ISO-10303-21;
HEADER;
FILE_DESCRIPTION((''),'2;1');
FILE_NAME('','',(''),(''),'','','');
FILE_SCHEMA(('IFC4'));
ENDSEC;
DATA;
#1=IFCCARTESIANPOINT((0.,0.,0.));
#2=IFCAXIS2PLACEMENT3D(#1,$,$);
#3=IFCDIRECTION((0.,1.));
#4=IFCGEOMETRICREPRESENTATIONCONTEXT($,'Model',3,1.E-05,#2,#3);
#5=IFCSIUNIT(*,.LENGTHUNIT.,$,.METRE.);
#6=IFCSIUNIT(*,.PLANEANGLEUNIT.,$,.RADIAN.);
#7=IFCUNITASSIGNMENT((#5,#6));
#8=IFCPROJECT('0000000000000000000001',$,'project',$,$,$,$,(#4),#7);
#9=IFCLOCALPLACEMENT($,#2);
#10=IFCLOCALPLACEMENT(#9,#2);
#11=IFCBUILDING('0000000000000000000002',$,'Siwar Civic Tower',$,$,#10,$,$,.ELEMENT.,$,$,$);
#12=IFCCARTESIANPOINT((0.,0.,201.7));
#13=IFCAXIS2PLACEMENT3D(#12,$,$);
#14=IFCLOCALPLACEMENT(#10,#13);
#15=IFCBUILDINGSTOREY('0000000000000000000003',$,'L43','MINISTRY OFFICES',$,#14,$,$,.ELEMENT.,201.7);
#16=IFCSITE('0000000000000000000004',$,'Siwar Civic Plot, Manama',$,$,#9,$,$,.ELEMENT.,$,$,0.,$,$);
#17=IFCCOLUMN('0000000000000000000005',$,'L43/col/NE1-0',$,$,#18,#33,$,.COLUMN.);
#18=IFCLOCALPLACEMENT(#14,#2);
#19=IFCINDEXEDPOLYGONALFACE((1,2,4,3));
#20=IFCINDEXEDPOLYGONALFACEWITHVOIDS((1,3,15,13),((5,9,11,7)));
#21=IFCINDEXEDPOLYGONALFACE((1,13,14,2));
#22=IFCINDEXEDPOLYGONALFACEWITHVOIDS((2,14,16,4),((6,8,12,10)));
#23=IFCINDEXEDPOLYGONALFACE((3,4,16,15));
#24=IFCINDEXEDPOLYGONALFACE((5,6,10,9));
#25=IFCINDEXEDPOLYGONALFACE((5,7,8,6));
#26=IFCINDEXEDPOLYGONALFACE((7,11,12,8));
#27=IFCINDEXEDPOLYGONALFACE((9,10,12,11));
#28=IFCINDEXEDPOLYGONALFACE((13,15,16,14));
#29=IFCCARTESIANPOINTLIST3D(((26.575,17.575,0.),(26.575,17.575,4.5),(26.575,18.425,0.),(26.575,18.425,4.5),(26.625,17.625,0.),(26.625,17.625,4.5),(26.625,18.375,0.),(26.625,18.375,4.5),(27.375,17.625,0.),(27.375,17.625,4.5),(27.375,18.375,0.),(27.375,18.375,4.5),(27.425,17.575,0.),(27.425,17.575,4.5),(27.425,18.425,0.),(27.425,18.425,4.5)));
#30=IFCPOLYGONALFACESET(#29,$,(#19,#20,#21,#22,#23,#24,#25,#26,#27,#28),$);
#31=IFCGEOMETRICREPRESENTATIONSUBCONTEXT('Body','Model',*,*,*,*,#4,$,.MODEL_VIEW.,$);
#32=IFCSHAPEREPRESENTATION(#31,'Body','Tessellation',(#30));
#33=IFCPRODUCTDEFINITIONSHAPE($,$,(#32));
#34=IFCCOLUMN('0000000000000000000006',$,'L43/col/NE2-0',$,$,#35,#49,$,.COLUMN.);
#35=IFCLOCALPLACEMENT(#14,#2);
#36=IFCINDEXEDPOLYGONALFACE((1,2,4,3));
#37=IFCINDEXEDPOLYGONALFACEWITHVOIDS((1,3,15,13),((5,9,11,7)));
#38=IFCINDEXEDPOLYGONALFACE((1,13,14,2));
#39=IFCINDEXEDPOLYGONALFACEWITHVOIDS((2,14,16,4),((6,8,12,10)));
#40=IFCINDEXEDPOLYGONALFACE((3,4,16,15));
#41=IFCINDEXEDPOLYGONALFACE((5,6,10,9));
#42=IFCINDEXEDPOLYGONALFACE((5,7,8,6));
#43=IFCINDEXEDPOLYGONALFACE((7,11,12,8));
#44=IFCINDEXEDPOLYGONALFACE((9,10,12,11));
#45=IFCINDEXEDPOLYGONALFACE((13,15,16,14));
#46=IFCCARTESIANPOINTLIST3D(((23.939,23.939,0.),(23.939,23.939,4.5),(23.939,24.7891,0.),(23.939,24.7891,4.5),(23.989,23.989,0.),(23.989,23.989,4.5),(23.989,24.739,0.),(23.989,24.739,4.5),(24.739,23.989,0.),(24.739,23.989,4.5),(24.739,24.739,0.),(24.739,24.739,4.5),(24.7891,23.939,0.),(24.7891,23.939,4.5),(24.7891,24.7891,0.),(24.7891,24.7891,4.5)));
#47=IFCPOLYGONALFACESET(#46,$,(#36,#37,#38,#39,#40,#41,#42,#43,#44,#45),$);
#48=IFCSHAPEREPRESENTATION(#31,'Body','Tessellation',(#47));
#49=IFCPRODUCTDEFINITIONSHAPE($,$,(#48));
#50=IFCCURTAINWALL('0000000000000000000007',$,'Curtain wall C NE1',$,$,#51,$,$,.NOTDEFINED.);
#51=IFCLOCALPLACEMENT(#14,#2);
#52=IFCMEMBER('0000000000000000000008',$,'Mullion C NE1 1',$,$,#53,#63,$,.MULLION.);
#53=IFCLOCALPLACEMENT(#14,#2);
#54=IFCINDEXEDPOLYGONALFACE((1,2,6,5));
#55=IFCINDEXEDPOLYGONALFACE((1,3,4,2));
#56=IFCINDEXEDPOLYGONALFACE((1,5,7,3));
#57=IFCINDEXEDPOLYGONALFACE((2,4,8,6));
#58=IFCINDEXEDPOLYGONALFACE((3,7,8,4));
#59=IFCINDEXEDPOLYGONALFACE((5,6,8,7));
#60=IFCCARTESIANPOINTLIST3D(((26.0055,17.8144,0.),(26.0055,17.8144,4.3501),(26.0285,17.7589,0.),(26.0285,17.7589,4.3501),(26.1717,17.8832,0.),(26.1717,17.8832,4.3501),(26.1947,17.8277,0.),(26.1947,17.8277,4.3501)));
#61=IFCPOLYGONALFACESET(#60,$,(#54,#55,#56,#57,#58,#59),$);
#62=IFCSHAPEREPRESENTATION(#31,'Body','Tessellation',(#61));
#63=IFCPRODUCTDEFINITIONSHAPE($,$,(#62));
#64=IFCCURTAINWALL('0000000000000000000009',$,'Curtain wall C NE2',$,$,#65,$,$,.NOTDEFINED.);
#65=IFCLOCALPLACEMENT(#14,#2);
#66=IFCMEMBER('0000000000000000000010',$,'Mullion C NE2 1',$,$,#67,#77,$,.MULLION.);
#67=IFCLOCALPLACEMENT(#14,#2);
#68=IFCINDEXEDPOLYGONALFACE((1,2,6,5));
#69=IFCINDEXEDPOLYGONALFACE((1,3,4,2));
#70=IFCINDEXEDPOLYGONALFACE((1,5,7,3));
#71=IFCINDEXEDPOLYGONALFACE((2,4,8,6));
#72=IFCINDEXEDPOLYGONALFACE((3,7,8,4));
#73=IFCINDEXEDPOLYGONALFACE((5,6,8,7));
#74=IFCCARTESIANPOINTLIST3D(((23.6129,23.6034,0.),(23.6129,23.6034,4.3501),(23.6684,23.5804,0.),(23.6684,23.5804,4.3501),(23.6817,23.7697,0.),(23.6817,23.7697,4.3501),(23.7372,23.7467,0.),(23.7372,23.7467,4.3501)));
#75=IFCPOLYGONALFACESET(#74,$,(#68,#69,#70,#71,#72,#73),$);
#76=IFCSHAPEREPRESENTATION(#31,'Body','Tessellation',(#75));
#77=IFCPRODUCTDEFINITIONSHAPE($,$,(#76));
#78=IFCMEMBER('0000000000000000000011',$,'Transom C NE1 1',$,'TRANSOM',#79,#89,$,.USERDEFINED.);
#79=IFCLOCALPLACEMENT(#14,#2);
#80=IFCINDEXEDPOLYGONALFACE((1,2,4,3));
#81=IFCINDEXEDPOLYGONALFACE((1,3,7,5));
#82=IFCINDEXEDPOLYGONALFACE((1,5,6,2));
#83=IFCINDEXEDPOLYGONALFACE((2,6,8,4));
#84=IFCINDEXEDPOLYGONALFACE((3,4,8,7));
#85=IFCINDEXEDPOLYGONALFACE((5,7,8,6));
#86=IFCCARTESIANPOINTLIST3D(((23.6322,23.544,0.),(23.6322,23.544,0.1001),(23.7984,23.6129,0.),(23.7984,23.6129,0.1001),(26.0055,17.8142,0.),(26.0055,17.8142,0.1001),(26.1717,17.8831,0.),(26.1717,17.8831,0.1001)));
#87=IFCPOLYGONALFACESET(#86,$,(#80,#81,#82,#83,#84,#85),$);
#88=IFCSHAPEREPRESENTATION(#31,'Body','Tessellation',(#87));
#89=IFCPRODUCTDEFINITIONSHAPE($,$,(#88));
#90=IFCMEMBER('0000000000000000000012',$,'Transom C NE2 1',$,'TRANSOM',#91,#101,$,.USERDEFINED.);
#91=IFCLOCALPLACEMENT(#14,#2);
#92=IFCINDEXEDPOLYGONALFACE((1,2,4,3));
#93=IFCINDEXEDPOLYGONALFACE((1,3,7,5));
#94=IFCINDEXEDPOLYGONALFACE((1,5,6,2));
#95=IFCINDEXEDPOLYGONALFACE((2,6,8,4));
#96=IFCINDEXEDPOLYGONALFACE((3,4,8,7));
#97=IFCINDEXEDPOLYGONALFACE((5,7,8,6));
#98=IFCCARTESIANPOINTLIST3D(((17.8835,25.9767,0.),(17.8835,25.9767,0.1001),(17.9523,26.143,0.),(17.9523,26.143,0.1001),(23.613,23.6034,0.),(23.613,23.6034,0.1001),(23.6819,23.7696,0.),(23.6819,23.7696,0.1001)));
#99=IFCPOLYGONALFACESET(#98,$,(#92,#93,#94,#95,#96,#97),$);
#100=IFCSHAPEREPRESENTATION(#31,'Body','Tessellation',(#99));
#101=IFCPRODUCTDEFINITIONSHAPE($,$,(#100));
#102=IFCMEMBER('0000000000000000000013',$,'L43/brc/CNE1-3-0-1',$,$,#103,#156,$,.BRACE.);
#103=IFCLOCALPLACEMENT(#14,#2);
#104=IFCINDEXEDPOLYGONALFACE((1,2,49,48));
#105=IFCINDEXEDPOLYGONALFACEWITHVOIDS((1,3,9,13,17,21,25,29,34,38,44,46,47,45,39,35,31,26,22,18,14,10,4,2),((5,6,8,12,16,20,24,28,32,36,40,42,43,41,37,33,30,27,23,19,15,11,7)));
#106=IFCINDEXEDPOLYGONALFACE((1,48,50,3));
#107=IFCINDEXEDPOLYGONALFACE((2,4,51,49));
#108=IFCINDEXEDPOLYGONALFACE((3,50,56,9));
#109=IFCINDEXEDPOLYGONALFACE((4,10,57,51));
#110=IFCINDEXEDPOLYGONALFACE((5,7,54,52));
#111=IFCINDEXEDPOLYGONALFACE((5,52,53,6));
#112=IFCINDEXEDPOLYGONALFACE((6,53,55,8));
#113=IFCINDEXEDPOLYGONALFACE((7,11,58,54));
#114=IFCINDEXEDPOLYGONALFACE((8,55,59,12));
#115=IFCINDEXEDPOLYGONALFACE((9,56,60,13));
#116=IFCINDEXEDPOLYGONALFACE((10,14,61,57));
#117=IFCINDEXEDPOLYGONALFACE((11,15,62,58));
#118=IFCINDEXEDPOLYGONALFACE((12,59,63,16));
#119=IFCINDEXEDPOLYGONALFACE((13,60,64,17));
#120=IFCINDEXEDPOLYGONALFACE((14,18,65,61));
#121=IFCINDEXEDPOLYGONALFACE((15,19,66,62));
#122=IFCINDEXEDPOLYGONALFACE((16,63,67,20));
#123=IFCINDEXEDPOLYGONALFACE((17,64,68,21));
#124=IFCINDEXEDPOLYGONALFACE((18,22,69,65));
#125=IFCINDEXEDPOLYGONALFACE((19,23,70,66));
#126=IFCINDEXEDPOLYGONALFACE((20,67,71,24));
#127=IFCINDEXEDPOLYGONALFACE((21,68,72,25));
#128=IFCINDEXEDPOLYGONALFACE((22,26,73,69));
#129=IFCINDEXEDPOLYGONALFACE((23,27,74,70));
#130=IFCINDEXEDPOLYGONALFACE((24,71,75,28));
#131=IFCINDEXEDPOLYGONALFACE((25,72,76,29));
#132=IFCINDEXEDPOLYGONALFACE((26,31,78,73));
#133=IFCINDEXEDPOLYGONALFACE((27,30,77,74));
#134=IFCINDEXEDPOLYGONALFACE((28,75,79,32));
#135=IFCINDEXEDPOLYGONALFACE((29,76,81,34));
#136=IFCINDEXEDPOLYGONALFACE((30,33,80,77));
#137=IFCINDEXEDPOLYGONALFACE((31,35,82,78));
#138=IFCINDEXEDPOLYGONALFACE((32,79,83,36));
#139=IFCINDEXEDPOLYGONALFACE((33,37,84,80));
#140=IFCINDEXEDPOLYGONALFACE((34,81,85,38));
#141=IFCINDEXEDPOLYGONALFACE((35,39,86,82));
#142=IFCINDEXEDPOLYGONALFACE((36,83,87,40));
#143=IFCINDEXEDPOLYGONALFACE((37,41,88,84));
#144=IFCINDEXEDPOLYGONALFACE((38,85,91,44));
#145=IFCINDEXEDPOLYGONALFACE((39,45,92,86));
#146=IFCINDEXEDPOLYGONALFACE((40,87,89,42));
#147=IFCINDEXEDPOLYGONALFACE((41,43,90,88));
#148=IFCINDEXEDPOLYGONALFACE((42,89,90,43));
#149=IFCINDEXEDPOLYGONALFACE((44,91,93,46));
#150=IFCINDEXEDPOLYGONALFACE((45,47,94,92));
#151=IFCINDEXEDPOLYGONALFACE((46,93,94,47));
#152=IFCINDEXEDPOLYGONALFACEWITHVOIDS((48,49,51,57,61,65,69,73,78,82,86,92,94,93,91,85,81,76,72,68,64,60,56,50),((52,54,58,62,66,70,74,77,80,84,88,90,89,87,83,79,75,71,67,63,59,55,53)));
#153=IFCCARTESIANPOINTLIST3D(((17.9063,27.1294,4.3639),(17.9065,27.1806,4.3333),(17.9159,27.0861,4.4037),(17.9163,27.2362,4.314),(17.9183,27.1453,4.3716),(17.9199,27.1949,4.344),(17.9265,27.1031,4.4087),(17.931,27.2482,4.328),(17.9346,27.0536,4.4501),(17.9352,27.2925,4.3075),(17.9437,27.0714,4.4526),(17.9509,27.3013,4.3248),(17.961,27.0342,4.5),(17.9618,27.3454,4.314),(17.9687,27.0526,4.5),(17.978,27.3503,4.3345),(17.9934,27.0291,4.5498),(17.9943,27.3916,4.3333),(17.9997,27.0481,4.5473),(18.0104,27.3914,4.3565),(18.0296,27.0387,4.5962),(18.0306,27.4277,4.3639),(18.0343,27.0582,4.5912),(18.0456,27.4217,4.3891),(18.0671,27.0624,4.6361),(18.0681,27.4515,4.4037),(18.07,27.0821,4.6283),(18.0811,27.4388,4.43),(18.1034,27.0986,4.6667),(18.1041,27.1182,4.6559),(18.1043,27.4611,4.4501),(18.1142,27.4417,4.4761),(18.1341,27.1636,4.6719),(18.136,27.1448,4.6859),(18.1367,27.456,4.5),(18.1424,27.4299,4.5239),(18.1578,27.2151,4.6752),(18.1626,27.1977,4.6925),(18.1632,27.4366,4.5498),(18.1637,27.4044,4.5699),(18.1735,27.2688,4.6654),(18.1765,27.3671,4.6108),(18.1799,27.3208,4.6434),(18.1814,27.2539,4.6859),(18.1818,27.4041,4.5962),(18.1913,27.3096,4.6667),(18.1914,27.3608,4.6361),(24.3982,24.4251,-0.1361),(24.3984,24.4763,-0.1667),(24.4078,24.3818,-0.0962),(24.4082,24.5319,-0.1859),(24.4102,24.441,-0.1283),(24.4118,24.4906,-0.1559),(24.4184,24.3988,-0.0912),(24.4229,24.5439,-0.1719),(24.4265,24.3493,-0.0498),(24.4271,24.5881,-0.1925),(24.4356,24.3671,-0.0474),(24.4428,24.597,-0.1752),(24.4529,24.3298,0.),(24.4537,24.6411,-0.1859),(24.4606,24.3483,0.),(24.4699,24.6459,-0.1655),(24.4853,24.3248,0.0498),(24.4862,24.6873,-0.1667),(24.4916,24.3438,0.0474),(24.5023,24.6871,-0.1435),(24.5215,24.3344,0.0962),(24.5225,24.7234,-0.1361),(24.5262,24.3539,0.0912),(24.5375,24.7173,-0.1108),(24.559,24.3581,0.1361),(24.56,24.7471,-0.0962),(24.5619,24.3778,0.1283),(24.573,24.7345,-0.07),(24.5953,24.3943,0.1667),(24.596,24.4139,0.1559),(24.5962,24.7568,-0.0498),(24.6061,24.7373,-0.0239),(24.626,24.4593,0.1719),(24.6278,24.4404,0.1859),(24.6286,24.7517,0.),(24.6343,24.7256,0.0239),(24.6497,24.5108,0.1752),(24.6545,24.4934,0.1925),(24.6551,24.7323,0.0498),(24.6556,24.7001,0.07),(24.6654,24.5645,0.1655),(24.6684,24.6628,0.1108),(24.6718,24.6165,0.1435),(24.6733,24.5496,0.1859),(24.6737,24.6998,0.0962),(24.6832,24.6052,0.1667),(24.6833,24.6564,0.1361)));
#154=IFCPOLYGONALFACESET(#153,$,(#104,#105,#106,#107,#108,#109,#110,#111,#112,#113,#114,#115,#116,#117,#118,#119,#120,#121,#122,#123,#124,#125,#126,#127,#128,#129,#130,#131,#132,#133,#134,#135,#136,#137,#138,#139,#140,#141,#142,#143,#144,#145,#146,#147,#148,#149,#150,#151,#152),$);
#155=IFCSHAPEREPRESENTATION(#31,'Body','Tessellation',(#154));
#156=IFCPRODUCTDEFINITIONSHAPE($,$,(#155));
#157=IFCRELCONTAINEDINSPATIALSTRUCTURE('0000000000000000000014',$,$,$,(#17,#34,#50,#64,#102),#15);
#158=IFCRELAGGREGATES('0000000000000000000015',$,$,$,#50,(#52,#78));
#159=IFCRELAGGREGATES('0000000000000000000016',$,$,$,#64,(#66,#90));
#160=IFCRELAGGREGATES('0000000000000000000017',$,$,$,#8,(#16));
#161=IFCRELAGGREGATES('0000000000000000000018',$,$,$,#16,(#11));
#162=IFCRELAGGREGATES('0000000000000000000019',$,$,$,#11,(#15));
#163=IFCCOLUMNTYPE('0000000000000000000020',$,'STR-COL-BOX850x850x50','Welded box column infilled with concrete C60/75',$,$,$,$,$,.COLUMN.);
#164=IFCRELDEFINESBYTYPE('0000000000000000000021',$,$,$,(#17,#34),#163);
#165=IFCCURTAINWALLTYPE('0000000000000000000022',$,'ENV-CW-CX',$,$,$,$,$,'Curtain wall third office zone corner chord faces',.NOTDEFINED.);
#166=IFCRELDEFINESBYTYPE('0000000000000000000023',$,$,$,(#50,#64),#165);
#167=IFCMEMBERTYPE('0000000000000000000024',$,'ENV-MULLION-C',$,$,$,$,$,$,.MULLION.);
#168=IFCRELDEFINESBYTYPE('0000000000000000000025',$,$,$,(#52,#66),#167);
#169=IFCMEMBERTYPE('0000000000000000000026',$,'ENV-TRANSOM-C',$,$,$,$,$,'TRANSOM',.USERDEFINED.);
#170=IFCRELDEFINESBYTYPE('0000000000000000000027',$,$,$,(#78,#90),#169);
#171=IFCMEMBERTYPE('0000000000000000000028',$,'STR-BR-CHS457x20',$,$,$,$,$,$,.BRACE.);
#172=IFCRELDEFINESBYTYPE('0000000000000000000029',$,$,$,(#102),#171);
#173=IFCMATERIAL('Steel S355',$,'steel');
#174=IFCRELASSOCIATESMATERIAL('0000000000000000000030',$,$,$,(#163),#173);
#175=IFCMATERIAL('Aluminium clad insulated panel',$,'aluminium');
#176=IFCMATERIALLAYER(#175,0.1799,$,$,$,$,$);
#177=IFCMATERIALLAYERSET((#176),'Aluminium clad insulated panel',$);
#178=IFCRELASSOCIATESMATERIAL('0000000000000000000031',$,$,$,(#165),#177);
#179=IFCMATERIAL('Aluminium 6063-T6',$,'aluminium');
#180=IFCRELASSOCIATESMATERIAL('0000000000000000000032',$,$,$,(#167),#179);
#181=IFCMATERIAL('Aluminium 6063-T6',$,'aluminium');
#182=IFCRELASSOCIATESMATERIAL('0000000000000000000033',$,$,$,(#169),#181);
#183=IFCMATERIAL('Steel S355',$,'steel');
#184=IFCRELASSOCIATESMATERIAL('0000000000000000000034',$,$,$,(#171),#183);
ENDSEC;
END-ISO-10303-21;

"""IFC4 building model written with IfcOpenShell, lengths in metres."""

from ifc_helpers import new_model, si_unit, direction, frame, origin, origin_2d, place, context, subcontext, project, spatial, rectangle, hollow_rectangle, hollow_circle, extrude, material, layer, layer_set, material_profile, profile_set, type_object, element, aggregate, save


model = new_model("IFC4")

# Units and contexts
model_context = context("Model", 3, precision=1e-05, world=origin(), true_north=direction((0.0, 1.0)))
body_context = subcontext(model_context, "Body", "Model", "MODEL_VIEW")
ifc_project = project(units=[si_unit("LENGTHUNIT", "METRE"), si_unit("PLANEANGLEUNIT", "RADIAN")], contexts=[model_context])

# Site, building, storey
site_placement = place(None, origin())
site = spatial("IfcSite", under=ifc_project, at=site_placement, Name="Siwar Civic Plot, Manama", CompositionType="ELEMENT", RefElevation=0.0)
building_placement = place(site_placement, origin())
building = spatial("IfcBuilding", under=site, at=building_placement, Name="Siwar Civic Tower", CompositionType="ELEMENT")
storey_placement = place(building_placement, frame((0.0, 0.0, 201.7)))
storey = spatial("IfcBuildingStorey", under=building, at=storey_placement, Name="L43", Description="MINISTRY OFFICES", CompositionType="ELEMENT", Elevation=201.7)

# Columns
ifc_material_1 = material(Name="Steel S355", Category="steel")
ifc_material_profile_1 = material_profile(ifc_material_1, hollow_rectangle(XDim=0.8501, YDim=0.8501, WallThickness=0.05, at=origin_2d()), Name="BOX850x850x50")
ifc_profile_set_1 = profile_set([ifc_material_profile_1], Name="Steel S355")
column_type = type_object("IfcColumnType", Name="STR-COL-BOX850x850x50", Description="Welded box column infilled with concrete C60/75", PredefinedType="COLUMN", material=ifc_profile_set_1)
for number, where, z_axis, x_axis, name in (
    (1, (27.0, 18.0, 0.0), (0.0, 0.0, 1.0), (1.0, 0.0, 0.0), "L43/col/NE1-0"),
    (2, (24.364, 24.364, 0.0), (0.0, 0.0, 1.0), (1.0, 0.0, 0.0), "L43/col/NE2-0"),
):
    element("IfcColumn", number, at=place(storey_placement, frame(where, z_axis=z_axis, x_axis=x_axis)), inside=storey, type_object=column_type, Name=name, PredefinedType="COLUMN", context=body_context, shape_type="SweptSolid", body=[
        extrude(hollow_rectangle(XDim=0.8501, YDim=0.8501, WallThickness=0.05, at=origin_2d()), origin(), (0.0, 0.0, 1.0), 4.5),
    ])

# Curtain walls, members
ifc_material_2 = material(Name="Aluminium clad insulated panel", Category="aluminium")
ifc_layer_1 = layer(ifc_material_2, 0.1799)
ifc_layer_set_1 = layer_set([ifc_layer_1], Name="Aluminium clad insulated panel")
curtain_wall_type = type_object("IfcCurtainWallType", Name="ENV-CW-CX", ElementType="Curtain wall third office zone corner chord faces", PredefinedType="NOTDEFINED", material=ifc_layer_set_1)
curtain_wall_1_placement = place(storey_placement, origin())
curtain_wall_1 = element("IfcCurtainWall", 3, at=curtain_wall_1_placement, inside=storey, type_object=curtain_wall_type, Name="Curtain wall C NE1", PredefinedType="NOTDEFINED")
ifc_material_3 = material(Name="Aluminium 6063-T6", Category="aluminium")
ifc_material_profile_2 = material_profile(ifc_material_3, rectangle(XDim=0.1799, YDim=0.0601, at=origin_2d()), Name="AL 180x60")
ifc_profile_set_2 = profile_set([ifc_material_profile_2], Name="Aluminium 6063-T6")
member_type_1 = type_object("IfcMemberType", Name="ENV-MULLION-C", PredefinedType="MULLION", material=ifc_profile_set_2)
member_1_placement = place(storey_placement, frame((26.1001, 17.821, 0.0), z_axis=(0.0, 0.0, 1.0), x_axis=(-0.92388, -0.382683, 0.0)))
member_1 = element("IfcMember", 4, at=member_1_placement, type_object=member_type_1, Name="Mullion C NE1 1", PredefinedType="MULLION", context=body_context, shape_type="SweptSolid", body=[
    extrude(rectangle(XDim=0.1799, YDim=0.0601, at=origin_2d()), origin(), (0.0, 0.0, 1.0), 4.3501),
])
curtain_wall_2_placement = place(storey_placement, origin())
curtain_wall_2 = element("IfcCurtainWall", 5, at=curtain_wall_2_placement, inside=storey, type_object=curtain_wall_type, Name="Curtain wall C NE2", PredefinedType="NOTDEFINED")
member_2_placement = place(storey_placement, frame((23.675, 23.675, 0.0), z_axis=(0.0, 0.0, 1.0), x_axis=(-0.382683, -0.92388, 0.0)))
member_2 = element("IfcMember", 6, at=member_2_placement, type_object=member_type_1, Name="Mullion C NE2 1", PredefinedType="MULLION", context=body_context, shape_type="SweptSolid", body=[
    extrude(rectangle(XDim=0.1799, YDim=0.0601, at=origin_2d()), origin(), (0.0, 0.0, 1.0), 4.3501),
])

# Members
ifc_material_4 = material(Name="Aluminium 6063-T6", Category="aluminium")
ifc_material_profile_3 = material_profile(ifc_material_4, rectangle(XDim=0.1799, YDim=0.1001, at=origin_2d()), Name="AL 180x100")
ifc_profile_set_3 = profile_set([ifc_material_profile_3], Name="Aluminium 6063-T6")
member_type_2 = type_object("IfcMemberType", Name="ENV-TRANSOM-C", ElementType="TRANSOM", PredefinedType="USERDEFINED", material=ifc_profile_set_3)
member_3_placement = place(storey_placement, frame((26.0886, 17.8486, 0.05), z_axis=(-0.382677, 0.923882, 0.0), x_axis=(-0.923882, -0.382677, 0.0)))
member_3 = element("IfcMember", 7, at=member_3_placement, type_object=member_type_2, Name="Transom C NE1 1", ObjectType="TRANSOM", PredefinedType="USERDEFINED", context=body_context, shape_type="SweptSolid", body=[
    extrude(rectangle(XDim=0.1799, YDim=0.1001, at=origin_2d()), origin(), (0.0, 0.0, 1.0), 6.2019),
])
member_4_placement = place(storey_placement, frame((23.6475, 23.6865, 0.05), z_axis=(-0.923876, 0.382691, 0.0), x_axis=(-0.382691, -0.923876, 0.0)))
member_4 = element("IfcMember", 8, at=member_4_placement, type_object=member_type_2, Name="Transom C NE2 1", ObjectType="TRANSOM", PredefinedType="USERDEFINED", context=body_context, shape_type="SweptSolid", body=[
    extrude(rectangle(XDim=0.1799, YDim=0.1001, at=origin_2d()), origin(), (0.0, 0.0, 1.0), 6.2017),
])

# Member
ifc_material_5 = material(Name="Steel S355", Category="steel")
ifc_material_profile_4 = material_profile(ifc_material_5, hollow_circle(Radius=0.2285, WallThickness=0.02, at=origin_2d()), Name="CHS457x20")
ifc_profile_set_4 = profile_set([ifc_material_profile_4], Name="Steel S355")
member_type_3 = type_object("IfcMemberType", Name="STR-BR-CHS457x20", PredefinedType="BRACE", material=ifc_profile_set_4)
member_5_placement = place(storey_placement, frame((24.5408, 24.5408, 0.0), z_axis=(-0.777555, 0.323906, 0.538975), x_axis=(-0.384539, -0.923109, 0.0)))
element("IfcMember", 9, at=member_5_placement, inside=storey, type_object=member_type_3, Name="L43/brc/CNE1-3-0-1", PredefinedType="BRACE", context=body_context, shape_type="SweptSolid", body=[
    extrude(hollow_circle(Radius=0.2285, WallThickness=0.02, at=origin_2d()), origin(), (0.0, 0.0, 1.0), 8.3491),
])

aggregate(curtain_wall_1, [member_1, member_3])
aggregate(curtain_wall_2, [member_2, member_4])

save(model, "model.ifc")
